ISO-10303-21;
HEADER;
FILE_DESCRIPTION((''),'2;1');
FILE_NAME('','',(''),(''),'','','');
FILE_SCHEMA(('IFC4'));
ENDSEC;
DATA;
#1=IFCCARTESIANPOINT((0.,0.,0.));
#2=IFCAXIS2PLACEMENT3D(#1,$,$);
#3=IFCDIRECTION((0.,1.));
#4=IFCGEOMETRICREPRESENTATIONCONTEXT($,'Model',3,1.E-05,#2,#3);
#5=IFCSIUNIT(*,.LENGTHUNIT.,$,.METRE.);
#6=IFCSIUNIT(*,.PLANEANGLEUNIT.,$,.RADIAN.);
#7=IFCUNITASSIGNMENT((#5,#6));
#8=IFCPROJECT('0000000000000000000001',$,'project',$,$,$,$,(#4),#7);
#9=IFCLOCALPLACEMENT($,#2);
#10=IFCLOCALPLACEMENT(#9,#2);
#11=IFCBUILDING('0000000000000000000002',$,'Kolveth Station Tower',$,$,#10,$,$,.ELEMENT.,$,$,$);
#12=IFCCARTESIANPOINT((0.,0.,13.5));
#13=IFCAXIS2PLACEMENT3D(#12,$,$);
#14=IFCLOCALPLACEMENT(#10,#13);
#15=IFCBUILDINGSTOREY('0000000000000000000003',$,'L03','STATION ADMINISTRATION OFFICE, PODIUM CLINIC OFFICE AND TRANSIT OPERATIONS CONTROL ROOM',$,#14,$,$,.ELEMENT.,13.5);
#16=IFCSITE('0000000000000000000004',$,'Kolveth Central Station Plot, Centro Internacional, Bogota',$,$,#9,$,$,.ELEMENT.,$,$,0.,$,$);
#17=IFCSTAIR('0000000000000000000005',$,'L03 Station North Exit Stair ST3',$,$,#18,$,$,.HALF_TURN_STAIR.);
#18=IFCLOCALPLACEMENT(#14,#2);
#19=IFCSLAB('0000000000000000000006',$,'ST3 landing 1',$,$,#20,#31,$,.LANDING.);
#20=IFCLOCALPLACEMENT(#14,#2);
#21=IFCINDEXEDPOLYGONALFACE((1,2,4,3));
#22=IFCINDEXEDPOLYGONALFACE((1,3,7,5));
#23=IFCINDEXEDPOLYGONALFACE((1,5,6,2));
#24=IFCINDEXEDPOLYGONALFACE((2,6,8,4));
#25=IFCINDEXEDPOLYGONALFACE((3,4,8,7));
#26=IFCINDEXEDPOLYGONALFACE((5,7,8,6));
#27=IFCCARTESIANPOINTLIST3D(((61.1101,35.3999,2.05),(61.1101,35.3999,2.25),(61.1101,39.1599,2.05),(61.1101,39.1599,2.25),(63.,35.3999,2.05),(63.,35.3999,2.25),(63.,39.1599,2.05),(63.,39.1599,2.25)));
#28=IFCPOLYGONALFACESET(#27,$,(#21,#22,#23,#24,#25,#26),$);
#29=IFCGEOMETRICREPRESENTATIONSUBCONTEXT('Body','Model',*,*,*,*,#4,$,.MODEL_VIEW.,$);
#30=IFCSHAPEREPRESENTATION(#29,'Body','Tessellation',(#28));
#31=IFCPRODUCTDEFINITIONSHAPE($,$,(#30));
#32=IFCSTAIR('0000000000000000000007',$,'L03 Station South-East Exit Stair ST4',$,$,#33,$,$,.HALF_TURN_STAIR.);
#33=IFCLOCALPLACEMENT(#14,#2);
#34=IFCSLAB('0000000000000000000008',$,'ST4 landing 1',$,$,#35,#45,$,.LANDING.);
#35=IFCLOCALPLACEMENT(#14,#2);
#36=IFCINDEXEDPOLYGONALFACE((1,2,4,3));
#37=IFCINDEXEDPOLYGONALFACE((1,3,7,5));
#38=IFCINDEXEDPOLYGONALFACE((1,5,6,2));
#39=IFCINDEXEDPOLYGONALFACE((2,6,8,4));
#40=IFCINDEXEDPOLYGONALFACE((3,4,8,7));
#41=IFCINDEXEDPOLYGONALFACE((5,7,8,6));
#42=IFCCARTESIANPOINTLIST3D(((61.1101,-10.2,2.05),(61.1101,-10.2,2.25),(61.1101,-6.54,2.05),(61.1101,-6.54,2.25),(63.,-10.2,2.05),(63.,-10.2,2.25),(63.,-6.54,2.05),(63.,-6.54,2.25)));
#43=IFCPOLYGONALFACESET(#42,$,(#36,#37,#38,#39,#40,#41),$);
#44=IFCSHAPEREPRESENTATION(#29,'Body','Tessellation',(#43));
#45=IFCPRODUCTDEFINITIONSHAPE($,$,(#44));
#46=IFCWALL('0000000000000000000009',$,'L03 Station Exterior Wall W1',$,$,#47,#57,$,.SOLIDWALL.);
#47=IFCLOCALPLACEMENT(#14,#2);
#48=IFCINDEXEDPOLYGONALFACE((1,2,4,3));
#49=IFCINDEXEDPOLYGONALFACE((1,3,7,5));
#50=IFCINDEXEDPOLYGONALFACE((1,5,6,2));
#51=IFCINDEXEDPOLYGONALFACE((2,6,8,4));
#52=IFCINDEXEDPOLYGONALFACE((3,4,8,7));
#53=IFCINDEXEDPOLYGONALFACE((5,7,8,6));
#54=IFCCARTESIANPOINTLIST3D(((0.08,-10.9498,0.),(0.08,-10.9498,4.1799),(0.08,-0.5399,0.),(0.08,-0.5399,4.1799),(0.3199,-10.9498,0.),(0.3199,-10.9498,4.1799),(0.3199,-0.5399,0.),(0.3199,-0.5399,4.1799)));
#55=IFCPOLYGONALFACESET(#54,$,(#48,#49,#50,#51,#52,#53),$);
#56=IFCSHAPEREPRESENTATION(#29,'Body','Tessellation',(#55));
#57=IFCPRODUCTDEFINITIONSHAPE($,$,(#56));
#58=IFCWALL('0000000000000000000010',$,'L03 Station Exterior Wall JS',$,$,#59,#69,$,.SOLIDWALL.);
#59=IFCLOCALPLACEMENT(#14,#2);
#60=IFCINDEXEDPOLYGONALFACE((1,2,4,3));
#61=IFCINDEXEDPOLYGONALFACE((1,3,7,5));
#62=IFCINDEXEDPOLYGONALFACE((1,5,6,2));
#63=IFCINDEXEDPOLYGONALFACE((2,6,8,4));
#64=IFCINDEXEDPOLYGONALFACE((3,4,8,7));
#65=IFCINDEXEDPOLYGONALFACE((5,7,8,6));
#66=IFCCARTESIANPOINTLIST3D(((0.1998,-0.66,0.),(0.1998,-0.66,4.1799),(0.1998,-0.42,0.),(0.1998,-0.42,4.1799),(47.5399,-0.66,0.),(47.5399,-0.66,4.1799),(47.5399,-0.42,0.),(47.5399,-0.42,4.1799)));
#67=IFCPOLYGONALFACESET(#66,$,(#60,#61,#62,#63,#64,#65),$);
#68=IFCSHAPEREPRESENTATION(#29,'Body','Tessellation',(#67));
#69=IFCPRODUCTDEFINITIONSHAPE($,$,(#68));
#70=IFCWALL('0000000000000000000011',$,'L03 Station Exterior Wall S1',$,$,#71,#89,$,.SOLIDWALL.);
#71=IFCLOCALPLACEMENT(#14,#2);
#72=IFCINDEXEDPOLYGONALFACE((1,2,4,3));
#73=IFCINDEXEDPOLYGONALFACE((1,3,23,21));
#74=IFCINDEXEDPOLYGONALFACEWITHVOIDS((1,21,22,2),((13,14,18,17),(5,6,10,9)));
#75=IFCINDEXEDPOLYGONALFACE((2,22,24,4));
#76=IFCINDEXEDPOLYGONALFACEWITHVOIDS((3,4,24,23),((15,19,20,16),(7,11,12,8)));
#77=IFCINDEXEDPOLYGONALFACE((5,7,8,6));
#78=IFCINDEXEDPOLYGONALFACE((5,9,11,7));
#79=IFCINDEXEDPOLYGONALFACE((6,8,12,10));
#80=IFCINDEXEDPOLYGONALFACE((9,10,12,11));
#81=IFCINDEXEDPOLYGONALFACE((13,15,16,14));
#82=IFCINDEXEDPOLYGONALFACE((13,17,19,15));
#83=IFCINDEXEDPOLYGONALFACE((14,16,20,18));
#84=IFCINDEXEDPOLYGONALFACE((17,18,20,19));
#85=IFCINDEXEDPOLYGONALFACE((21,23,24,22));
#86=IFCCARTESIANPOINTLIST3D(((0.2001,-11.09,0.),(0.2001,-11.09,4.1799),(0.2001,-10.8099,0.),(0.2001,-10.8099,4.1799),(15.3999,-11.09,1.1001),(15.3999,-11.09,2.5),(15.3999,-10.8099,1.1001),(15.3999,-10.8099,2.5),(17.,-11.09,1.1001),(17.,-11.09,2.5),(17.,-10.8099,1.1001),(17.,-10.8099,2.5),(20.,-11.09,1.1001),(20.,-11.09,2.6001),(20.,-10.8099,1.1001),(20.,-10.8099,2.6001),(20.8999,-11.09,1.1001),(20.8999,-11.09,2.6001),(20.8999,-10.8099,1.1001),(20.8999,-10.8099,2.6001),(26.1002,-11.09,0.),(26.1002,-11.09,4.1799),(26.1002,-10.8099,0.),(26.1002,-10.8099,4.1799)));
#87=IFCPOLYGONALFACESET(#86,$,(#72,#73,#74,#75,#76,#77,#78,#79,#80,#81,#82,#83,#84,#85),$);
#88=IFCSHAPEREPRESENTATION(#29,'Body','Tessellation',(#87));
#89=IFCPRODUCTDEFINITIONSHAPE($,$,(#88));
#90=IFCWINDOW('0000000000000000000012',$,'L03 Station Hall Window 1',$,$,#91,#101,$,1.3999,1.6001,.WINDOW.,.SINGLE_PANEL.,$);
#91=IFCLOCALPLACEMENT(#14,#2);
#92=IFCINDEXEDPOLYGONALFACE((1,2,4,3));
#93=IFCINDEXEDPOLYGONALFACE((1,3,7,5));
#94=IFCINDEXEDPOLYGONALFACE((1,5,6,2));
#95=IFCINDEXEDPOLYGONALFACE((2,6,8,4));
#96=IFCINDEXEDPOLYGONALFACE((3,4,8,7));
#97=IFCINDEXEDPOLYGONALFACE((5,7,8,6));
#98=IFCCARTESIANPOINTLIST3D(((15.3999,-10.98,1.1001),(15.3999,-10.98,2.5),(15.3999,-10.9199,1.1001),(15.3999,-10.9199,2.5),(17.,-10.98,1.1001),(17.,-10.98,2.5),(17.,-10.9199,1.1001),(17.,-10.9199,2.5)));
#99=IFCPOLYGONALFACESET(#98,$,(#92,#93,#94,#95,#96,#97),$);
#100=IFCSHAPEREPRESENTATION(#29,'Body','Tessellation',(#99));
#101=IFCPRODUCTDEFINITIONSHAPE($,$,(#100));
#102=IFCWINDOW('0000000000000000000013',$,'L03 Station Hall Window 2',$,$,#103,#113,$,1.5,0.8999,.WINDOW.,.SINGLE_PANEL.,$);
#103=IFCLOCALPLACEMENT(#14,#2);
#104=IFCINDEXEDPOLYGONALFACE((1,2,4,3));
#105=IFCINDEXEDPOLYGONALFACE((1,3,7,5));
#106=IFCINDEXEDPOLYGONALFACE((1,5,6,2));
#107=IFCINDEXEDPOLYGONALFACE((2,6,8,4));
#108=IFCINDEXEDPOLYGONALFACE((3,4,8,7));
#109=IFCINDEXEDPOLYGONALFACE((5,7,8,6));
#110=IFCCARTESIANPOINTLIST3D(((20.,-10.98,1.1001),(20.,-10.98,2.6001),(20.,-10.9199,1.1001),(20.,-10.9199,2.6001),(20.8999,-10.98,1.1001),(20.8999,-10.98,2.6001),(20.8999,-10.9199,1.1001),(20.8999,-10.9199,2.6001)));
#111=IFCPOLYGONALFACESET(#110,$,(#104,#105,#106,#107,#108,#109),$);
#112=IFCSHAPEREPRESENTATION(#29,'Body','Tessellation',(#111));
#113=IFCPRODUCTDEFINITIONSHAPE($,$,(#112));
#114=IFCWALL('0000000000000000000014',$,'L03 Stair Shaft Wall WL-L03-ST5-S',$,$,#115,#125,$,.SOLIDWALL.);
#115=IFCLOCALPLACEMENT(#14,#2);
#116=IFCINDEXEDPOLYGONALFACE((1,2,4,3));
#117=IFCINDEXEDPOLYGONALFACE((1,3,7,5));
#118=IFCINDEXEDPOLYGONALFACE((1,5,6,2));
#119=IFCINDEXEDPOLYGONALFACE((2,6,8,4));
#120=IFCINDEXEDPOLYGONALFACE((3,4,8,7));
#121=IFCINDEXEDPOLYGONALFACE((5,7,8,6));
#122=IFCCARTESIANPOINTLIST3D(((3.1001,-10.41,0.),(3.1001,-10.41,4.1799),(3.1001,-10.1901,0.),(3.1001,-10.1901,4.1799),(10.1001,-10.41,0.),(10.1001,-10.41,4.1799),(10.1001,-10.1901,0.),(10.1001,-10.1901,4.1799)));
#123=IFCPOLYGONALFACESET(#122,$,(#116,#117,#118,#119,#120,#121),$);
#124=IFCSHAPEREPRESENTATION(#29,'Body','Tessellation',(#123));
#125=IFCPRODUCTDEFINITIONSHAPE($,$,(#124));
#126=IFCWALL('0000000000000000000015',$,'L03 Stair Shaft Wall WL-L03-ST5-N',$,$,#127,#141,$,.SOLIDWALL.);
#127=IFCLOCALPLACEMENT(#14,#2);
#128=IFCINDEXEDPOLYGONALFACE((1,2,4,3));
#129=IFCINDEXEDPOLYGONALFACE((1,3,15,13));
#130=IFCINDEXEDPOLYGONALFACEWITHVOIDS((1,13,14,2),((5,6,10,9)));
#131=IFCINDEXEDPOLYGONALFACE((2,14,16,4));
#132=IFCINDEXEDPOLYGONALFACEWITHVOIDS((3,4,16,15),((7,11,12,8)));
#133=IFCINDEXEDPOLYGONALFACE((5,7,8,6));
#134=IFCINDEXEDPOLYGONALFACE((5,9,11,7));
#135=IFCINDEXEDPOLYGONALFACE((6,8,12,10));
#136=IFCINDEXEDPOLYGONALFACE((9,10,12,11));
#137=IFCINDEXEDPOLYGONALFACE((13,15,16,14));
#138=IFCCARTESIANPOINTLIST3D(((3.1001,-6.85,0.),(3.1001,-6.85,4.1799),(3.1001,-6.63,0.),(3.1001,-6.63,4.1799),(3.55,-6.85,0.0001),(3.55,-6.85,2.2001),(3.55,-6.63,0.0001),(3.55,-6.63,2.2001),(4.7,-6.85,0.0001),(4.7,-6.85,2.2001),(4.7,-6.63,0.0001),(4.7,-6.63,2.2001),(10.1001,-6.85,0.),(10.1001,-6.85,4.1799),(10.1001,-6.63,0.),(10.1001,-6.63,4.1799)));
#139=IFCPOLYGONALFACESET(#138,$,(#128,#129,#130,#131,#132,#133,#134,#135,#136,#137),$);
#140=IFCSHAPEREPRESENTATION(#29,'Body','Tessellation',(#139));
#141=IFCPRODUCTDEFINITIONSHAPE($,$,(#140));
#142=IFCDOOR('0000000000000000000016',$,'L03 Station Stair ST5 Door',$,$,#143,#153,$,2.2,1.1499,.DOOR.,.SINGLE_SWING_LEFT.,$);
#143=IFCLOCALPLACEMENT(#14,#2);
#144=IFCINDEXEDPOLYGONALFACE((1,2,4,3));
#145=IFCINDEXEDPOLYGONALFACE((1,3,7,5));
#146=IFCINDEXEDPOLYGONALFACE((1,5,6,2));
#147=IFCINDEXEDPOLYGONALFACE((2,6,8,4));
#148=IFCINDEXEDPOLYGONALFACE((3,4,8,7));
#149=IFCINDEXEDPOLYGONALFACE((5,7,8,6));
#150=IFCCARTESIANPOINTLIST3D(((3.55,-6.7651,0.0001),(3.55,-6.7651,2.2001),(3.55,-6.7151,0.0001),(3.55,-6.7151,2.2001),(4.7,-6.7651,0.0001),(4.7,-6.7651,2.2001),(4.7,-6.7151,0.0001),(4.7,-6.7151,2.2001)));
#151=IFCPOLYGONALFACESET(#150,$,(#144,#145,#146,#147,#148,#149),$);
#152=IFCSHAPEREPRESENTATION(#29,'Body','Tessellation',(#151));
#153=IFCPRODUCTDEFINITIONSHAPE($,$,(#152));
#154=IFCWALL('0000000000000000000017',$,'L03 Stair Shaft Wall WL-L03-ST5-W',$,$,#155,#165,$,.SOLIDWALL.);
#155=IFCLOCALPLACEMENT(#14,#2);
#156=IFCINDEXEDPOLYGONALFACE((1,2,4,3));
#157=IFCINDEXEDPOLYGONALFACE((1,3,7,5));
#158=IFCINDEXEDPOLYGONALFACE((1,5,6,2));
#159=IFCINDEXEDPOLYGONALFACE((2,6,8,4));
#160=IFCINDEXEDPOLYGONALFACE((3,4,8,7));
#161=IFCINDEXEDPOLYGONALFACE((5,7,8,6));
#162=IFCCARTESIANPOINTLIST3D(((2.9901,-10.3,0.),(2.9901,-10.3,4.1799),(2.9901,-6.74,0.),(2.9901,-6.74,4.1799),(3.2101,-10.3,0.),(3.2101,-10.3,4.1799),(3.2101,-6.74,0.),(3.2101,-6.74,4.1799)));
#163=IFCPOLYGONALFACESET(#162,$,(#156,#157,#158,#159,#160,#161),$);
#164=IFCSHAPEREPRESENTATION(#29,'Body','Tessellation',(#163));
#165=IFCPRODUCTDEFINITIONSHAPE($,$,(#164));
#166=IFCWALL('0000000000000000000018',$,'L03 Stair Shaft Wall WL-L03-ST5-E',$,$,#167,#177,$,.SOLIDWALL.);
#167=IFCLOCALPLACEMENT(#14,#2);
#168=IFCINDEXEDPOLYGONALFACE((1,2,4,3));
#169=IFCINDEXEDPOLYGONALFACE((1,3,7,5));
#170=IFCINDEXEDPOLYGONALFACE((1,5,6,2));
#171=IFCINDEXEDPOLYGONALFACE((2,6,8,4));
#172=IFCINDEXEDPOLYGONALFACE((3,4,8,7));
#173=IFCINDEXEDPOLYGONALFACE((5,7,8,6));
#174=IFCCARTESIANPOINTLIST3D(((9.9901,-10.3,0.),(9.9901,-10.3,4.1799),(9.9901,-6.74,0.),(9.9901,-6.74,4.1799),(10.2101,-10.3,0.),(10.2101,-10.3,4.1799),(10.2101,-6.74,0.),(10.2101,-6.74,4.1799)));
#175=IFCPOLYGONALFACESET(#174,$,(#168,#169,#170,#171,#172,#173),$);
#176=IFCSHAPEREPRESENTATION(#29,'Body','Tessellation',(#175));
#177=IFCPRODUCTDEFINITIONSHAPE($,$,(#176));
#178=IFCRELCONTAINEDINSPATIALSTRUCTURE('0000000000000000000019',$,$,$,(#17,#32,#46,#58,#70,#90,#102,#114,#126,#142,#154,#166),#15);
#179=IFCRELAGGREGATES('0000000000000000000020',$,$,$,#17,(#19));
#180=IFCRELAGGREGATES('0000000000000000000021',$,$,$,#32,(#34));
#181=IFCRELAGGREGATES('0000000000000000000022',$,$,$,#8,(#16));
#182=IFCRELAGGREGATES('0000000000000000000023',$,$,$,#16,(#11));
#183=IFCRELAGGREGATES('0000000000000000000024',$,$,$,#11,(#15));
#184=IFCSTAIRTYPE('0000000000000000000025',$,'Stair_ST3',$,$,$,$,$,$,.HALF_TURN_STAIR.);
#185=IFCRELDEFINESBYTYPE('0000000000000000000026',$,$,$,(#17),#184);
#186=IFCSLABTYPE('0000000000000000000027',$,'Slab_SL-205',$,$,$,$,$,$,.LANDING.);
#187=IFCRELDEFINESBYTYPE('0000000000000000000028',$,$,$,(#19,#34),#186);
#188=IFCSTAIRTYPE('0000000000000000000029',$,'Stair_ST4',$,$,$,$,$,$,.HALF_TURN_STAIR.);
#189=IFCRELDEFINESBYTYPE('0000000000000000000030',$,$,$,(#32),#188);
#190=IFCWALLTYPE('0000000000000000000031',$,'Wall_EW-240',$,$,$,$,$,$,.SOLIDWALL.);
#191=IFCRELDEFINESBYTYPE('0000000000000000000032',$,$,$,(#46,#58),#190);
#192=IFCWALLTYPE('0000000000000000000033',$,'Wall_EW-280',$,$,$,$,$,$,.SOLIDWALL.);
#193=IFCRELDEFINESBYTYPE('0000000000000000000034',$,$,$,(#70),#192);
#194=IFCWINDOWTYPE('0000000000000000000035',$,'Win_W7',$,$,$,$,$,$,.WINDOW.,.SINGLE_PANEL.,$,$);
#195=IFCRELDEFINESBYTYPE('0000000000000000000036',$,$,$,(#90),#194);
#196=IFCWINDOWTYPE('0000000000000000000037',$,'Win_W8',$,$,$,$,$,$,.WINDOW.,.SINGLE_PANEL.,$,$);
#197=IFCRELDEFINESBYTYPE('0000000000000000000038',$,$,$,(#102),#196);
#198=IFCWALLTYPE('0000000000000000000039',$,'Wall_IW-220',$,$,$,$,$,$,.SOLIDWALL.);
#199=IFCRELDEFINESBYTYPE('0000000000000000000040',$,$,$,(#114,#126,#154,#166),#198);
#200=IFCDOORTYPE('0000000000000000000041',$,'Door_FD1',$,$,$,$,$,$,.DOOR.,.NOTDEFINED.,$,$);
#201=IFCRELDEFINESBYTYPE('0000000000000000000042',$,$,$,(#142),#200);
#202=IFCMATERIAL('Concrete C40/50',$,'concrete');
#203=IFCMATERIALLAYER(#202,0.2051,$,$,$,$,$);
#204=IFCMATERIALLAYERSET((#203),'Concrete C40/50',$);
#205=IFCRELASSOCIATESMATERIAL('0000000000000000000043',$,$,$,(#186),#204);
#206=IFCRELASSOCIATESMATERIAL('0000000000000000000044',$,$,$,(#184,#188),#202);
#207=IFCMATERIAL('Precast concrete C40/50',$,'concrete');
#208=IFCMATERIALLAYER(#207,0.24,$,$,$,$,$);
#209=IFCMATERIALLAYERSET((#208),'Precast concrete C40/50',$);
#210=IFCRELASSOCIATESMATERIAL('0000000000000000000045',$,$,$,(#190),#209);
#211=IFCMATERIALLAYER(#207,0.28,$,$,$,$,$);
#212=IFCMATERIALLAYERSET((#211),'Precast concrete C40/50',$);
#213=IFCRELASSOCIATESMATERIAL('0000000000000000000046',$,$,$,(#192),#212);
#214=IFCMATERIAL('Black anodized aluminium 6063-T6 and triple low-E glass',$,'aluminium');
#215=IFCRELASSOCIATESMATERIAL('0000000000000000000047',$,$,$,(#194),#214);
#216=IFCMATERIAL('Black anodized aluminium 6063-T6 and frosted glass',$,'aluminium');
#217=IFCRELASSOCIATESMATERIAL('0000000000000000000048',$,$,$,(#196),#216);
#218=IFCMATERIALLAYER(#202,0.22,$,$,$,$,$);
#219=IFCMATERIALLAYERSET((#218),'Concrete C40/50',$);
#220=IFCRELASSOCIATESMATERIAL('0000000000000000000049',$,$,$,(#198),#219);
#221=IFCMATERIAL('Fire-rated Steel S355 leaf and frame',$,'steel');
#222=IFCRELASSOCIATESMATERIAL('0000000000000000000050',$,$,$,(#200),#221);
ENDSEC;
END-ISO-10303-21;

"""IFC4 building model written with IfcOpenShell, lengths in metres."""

from ifc_helpers import new_model, si_unit, direction, frame, frame_2d, origin, place, context, subcontext, project, spatial, polyline, rectangle, outline, extrude, material, layer, layer_set, type_object, element, fill, aggregate, save


model = new_model("IFC4")

# Units and contexts
model_context = context("Model", 3, precision=1e-05, world=origin(), true_north=direction((0.0, 1.0)))
body_context = subcontext(model_context, "Body", "Model", "MODEL_VIEW")
ifc_project = project(units=[si_unit("LENGTHUNIT", "METRE"), si_unit("PLANEANGLEUNIT", "RADIAN")], contexts=[model_context])

# Site, building, storey
site_placement = place(None, origin())
site = spatial("IfcSite", under=ifc_project, at=site_placement, Name="Kolveth Central Station Plot, Centro Internacional, Bogota", CompositionType="ELEMENT", RefElevation=0.0)
building_placement = place(site_placement, origin())
building = spatial("IfcBuilding", under=site, at=building_placement, Name="Kolveth Station Tower", CompositionType="ELEMENT")
storey_placement = place(building_placement, frame((0.0, 0.0, 13.5)))
storey = spatial("IfcBuildingStorey", under=building, at=storey_placement, Name="L03", Description="STATION ADMINISTRATION OFFICE, PODIUM CLINIC OFFICE AND TRANSIT OPERATIONS CONTROL ROOM", CompositionType="ELEMENT", Elevation=13.5)

# Stairs, slabs
ifc_material_1 = material(Name="Concrete C40/50", Category="concrete")
ifc_layer_1 = layer(ifc_material_1, 0.2051)
ifc_layer_set_1 = layer_set([ifc_layer_1], Name="Concrete C40/50")
slab_type_1 = type_object("IfcSlabType", Name="Slab_SL-205", PredefinedType="LANDING", material=ifc_layer_set_1)
stair_type_1 = type_object("IfcStairType", Name="Stair_ST3", PredefinedType="HALF_TURN_STAIR", material=ifc_material_1)
stair_1_placement = place(storey_placement, origin())
stair_1 = element("IfcStair", 1, at=stair_1_placement, inside=storey, type_object=stair_type_1, Name="L03 Station North Exit Stair ST3", PredefinedType="HALF_TURN_STAIR")
slab_1_placement = place(storey_placement, frame((0.0, 0.0, 2.05)))
slab_1 = element("IfcSlab", 2, at=slab_1_placement, type_object=slab_type_1, Name="ST3 landing 1", PredefinedType="LANDING", context=body_context, shape_type="SweptSolid", body=[
    extrude(outline(polyline([(61.1101, 35.3999), (63.0, 35.3999), (63.0, 39.1599), (61.1101, 39.1599), (61.1101, 35.3999)])), origin(), (0.0, 0.0, 1.0), 0.2),
])
aggregate(stair_1, [slab_1])
stair_type_2 = type_object("IfcStairType", Name="Stair_ST4", PredefinedType="HALF_TURN_STAIR", material=ifc_material_1)
stair_2_placement = place(storey_placement, origin())
stair_2 = element("IfcStair", 3, at=stair_2_placement, inside=storey, type_object=stair_type_2, Name="L03 Station South-East Exit Stair ST4", PredefinedType="HALF_TURN_STAIR")
slab_2_placement = place(storey_placement, frame((0.0, 0.0, 2.05)))
slab_2 = element("IfcSlab", 4, at=slab_2_placement, type_object=slab_type_1, Name="ST4 landing 1", PredefinedType="LANDING", context=body_context, shape_type="SweptSolid", body=[
    extrude(outline(polyline([(61.1101, -10.2), (63.0, -10.2), (63.0, -6.54), (61.1101, -6.54), (61.1101, -10.2)])), origin(), (0.0, 0.0, 1.0), 0.2),
])
aggregate(stair_2, [slab_2])

# Walls
ifc_material_2 = material(Name="Precast concrete C40/50", Category="concrete")
ifc_layer_2 = layer(ifc_material_2, 0.24)
ifc_layer_set_2 = layer_set([ifc_layer_2], Name="Precast concrete C40/50")
wall_type_1 = type_object("IfcWallType", Name="Wall_EW-240", PredefinedType="SOLIDWALL", material=ifc_layer_set_2)
wall_1_placement = place(storey_placement, frame((0.2, -10.95, 0.0), z_axis=(0.0, 0.0, 1.0), x_axis=(0.0, 1.0, 0.0)))
element("IfcWall", 5, at=wall_1_placement, inside=storey, type_object=wall_type_1, Name="L03 Station Exterior Wall W1", PredefinedType="SOLIDWALL", context=body_context, shape_type="SweptSolid", body=[
    extrude(rectangle(XDim=10.4099, YDim=0.24, at=frame_2d((5.2051, 0.0))), origin(), (0.0, 0.0, 1.0), 4.1799),
])
wall_2_placement = place(storey_placement, frame((0.2, -0.54, 0.0), z_axis=(0.0, 0.0, 1.0), x_axis=(1.0, 0.0, 0.0)))
element("IfcWall", 6, at=wall_2_placement, inside=storey, type_object=wall_type_1, Name="L03 Station Exterior Wall JS", PredefinedType="SOLIDWALL", context=body_context, shape_type="SweptSolid", body=[
    extrude(rectangle(XDim=47.3401, YDim=0.24, at=frame_2d((23.6699, 0.0))), origin(), (0.0, 0.0, 1.0), 4.1799),
])

# Wall, openings, windows
ifc_layer_3 = layer(ifc_material_2, 0.28)
ifc_layer_set_3 = layer_set([ifc_layer_3], Name="Precast concrete C40/50")
wall_type_2 = type_object("IfcWallType", Name="Wall_EW-280", PredefinedType="SOLIDWALL", material=ifc_layer_set_3)
wall_3_placement = place(storey_placement, frame((0.2, -10.95, 0.0), z_axis=(0.0, 0.0, 1.0), x_axis=(1.0, 0.0, 0.0)))
wall_3 = element("IfcWall", 7, at=wall_3_placement, inside=storey, type_object=wall_type_2, Name="L03 Station Exterior Wall S1", PredefinedType="SOLIDWALL", context=body_context, shape_type="SweptSolid", body=[
    extrude(rectangle(XDim=25.9001, YDim=0.28, at=frame_2d((12.9502, 0.0))), origin(), (0.0, 0.0, 1.0), 4.1799),
])
opening_1_placement = place(wall_3_placement, frame((15.2, 0.0, 1.1001)))
opening_1 = element("IfcOpeningElement", 8, at=opening_1_placement, cuts=wall_3, PredefinedType="OPENING", context=body_context, shape_type="SweptSolid", body=[
    extrude(rectangle(XDim=1.6001, YDim=1.3999, at=frame_2d((0.8, 0.7))), frame((0.0, 0.1499, 0.0), z_axis=(0.0, -1.0, 0.0), x_axis=(1.0, 0.0, 0.0)), (0.0, 0.0, 1.0), 0.3),
])
opening_2_placement = place(wall_3_placement, frame((19.8, 0.0, 1.1001)))
opening_2 = element("IfcOpeningElement", 9, at=opening_2_placement, cuts=wall_3, PredefinedType="OPENING", context=body_context, shape_type="SweptSolid", body=[
    extrude(rectangle(XDim=0.8999, YDim=1.5, at=frame_2d((0.45, 0.75))), frame((0.0, 0.1499, 0.0), z_axis=(0.0, -1.0, 0.0), x_axis=(1.0, 0.0, 0.0)), (0.0, 0.0, 1.0), 0.3),
])
ifc_material_3 = material(Name="Black anodized aluminium 6063-T6 and triple low-E glass", Category="aluminium")
window_type_1 = type_object("IfcWindowType", Name="Win_W7", PartitioningType="SINGLE_PANEL", PredefinedType="WINDOW", material=ifc_material_3)
window_1_placement = place(opening_1_placement, origin())
window_1 = element("IfcWindow", 10, at=window_1_placement, inside=storey, type_object=window_type_1, Name="L03 Station Hall Window 1", OverallHeight=1.3999, OverallWidth=1.6001, PartitioningType="SINGLE_PANEL", PredefinedType="WINDOW", context=body_context, shape_type="SweptSolid", body=[
    extrude(rectangle(XDim=1.6001, YDim=1.3999, at=frame_2d((0.8, 0.7))), frame((0.0, 0.03, 0.0), z_axis=(0.0, -1.0, 0.0), x_axis=(1.0, 0.0, 0.0)), (0.0, 0.0, 1.0), 0.0601),
])
fill(opening_1, window_1)
ifc_material_4 = material(Name="Black anodized aluminium 6063-T6 and frosted glass", Category="aluminium")
window_type_2 = type_object("IfcWindowType", Name="Win_W8", PartitioningType="SINGLE_PANEL", PredefinedType="WINDOW", material=ifc_material_4)
window_2_placement = place(opening_2_placement, origin())
window_2 = element("IfcWindow", 11, at=window_2_placement, inside=storey, type_object=window_type_2, Name="L03 Station Hall Window 2", OverallHeight=1.5, OverallWidth=0.8999, PartitioningType="SINGLE_PANEL", PredefinedType="WINDOW", context=body_context, shape_type="SweptSolid", body=[
    extrude(rectangle(XDim=0.8999, YDim=1.5, at=frame_2d((0.45, 0.75))), frame((0.0, 0.03, 0.0), z_axis=(0.0, -1.0, 0.0), x_axis=(1.0, 0.0, 0.0)), (0.0, 0.0, 1.0), 0.0601),
])
fill(opening_2, window_2)

# Wall
ifc_layer_4 = layer(ifc_material_1, 0.22)
ifc_layer_set_4 = layer_set([ifc_layer_4], Name="Concrete C40/50")
wall_type_3 = type_object("IfcWallType", Name="Wall_IW-220", PredefinedType="SOLIDWALL", material=ifc_layer_set_4)
wall_4_placement = place(storey_placement, frame((3.1001, -10.3, 0.0), z_axis=(0.0, 0.0, 1.0), x_axis=(1.0, 0.0, 0.0)))
element("IfcWall", 12, at=wall_4_placement, inside=storey, type_object=wall_type_3, Name="L03 Stair Shaft Wall WL-L03-ST5-S", PredefinedType="SOLIDWALL", context=body_context, shape_type="SweptSolid", body=[
    extrude(rectangle(XDim=7.0, YDim=0.22, at=frame_2d((3.5, 0.0))), origin(), (0.0, 0.0, 1.0), 4.1799),
])

# Wall, opening, door
wall_5_placement = place(storey_placement, frame((3.1001, -6.74, 0.0), z_axis=(0.0, 0.0, 1.0), x_axis=(1.0, 0.0, 0.0)))
wall_5 = element("IfcWall", 13, at=wall_5_placement, inside=storey, type_object=wall_type_3, Name="L03 Stair Shaft Wall WL-L03-ST5-N", PredefinedType="SOLIDWALL", context=body_context, shape_type="SweptSolid", body=[
    extrude(rectangle(XDim=7.0, YDim=0.22, at=frame_2d((3.5, 0.0))), origin(), (0.0, 0.0, 1.0), 4.1799),
])
opening_3_placement = place(wall_5_placement, frame((0.45, 0.0, 0.0)))
opening_3 = element("IfcOpeningElement", 14, at=opening_3_placement, cuts=wall_5, PredefinedType="OPENING", context=body_context, shape_type="SweptSolid", body=[
    extrude(rectangle(XDim=1.1499, YDim=2.2, at=frame_2d((0.575, 1.1001))), frame((0.0, 0.1199, 0.0), z_axis=(0.0, -1.0, 0.0), x_axis=(1.0, 0.0, 0.0)), (0.0, 0.0, 1.0), 0.24),
])
ifc_material_5 = material(Name="Fire-rated Steel S355 leaf and frame", Category="steel")
door_type = type_object("IfcDoorType", Name="Door_FD1", OperationType="NOTDEFINED", PredefinedType="DOOR", material=ifc_material_5)
door_placement = place(opening_3_placement, origin())
door = element("IfcDoor", 15, at=door_placement, inside=storey, type_object=door_type, Name="L03 Station Stair ST5 Door", OperationType="SINGLE_SWING_LEFT", OverallHeight=2.2, OverallWidth=1.1499, PredefinedType="DOOR", context=body_context, shape_type="SweptSolid", body=[
    extrude(rectangle(XDim=1.1499, YDim=2.2, at=frame_2d((0.575, 1.1001))), frame((0.0, 0.0249, 0.0), z_axis=(0.0, -1.0, 0.0), x_axis=(1.0, 0.0, 0.0)), (0.0, 0.0, 1.0), 0.05),
])
fill(opening_3, door)

# Walls
for number, where, z_axis, x_axis, name in (
    (16, (3.1001, -10.3, 0.0), (0.0, 0.0, 1.0), (0.0, 1.0, 0.0), "L03 Stair Shaft Wall WL-L03-ST5-W"),
    (17, (10.1001, -10.3, 0.0), (0.0, 0.0, 1.0), (0.0, 1.0, 0.0), "L03 Stair Shaft Wall WL-L03-ST5-E"),
):
    element("IfcWall", number, at=place(storey_placement, frame(where, z_axis=z_axis, x_axis=x_axis)), inside=storey, type_object=wall_type_3, Name=name, PredefinedType="SOLIDWALL", context=body_context, shape_type="SweptSolid", body=[
        extrude(rectangle(XDim=3.5601, YDim=0.22, at=frame_2d((1.78, 0.0))), origin(), (0.0, 0.0, 1.0), 4.1799),
    ])

save(model, "model.ifc")
